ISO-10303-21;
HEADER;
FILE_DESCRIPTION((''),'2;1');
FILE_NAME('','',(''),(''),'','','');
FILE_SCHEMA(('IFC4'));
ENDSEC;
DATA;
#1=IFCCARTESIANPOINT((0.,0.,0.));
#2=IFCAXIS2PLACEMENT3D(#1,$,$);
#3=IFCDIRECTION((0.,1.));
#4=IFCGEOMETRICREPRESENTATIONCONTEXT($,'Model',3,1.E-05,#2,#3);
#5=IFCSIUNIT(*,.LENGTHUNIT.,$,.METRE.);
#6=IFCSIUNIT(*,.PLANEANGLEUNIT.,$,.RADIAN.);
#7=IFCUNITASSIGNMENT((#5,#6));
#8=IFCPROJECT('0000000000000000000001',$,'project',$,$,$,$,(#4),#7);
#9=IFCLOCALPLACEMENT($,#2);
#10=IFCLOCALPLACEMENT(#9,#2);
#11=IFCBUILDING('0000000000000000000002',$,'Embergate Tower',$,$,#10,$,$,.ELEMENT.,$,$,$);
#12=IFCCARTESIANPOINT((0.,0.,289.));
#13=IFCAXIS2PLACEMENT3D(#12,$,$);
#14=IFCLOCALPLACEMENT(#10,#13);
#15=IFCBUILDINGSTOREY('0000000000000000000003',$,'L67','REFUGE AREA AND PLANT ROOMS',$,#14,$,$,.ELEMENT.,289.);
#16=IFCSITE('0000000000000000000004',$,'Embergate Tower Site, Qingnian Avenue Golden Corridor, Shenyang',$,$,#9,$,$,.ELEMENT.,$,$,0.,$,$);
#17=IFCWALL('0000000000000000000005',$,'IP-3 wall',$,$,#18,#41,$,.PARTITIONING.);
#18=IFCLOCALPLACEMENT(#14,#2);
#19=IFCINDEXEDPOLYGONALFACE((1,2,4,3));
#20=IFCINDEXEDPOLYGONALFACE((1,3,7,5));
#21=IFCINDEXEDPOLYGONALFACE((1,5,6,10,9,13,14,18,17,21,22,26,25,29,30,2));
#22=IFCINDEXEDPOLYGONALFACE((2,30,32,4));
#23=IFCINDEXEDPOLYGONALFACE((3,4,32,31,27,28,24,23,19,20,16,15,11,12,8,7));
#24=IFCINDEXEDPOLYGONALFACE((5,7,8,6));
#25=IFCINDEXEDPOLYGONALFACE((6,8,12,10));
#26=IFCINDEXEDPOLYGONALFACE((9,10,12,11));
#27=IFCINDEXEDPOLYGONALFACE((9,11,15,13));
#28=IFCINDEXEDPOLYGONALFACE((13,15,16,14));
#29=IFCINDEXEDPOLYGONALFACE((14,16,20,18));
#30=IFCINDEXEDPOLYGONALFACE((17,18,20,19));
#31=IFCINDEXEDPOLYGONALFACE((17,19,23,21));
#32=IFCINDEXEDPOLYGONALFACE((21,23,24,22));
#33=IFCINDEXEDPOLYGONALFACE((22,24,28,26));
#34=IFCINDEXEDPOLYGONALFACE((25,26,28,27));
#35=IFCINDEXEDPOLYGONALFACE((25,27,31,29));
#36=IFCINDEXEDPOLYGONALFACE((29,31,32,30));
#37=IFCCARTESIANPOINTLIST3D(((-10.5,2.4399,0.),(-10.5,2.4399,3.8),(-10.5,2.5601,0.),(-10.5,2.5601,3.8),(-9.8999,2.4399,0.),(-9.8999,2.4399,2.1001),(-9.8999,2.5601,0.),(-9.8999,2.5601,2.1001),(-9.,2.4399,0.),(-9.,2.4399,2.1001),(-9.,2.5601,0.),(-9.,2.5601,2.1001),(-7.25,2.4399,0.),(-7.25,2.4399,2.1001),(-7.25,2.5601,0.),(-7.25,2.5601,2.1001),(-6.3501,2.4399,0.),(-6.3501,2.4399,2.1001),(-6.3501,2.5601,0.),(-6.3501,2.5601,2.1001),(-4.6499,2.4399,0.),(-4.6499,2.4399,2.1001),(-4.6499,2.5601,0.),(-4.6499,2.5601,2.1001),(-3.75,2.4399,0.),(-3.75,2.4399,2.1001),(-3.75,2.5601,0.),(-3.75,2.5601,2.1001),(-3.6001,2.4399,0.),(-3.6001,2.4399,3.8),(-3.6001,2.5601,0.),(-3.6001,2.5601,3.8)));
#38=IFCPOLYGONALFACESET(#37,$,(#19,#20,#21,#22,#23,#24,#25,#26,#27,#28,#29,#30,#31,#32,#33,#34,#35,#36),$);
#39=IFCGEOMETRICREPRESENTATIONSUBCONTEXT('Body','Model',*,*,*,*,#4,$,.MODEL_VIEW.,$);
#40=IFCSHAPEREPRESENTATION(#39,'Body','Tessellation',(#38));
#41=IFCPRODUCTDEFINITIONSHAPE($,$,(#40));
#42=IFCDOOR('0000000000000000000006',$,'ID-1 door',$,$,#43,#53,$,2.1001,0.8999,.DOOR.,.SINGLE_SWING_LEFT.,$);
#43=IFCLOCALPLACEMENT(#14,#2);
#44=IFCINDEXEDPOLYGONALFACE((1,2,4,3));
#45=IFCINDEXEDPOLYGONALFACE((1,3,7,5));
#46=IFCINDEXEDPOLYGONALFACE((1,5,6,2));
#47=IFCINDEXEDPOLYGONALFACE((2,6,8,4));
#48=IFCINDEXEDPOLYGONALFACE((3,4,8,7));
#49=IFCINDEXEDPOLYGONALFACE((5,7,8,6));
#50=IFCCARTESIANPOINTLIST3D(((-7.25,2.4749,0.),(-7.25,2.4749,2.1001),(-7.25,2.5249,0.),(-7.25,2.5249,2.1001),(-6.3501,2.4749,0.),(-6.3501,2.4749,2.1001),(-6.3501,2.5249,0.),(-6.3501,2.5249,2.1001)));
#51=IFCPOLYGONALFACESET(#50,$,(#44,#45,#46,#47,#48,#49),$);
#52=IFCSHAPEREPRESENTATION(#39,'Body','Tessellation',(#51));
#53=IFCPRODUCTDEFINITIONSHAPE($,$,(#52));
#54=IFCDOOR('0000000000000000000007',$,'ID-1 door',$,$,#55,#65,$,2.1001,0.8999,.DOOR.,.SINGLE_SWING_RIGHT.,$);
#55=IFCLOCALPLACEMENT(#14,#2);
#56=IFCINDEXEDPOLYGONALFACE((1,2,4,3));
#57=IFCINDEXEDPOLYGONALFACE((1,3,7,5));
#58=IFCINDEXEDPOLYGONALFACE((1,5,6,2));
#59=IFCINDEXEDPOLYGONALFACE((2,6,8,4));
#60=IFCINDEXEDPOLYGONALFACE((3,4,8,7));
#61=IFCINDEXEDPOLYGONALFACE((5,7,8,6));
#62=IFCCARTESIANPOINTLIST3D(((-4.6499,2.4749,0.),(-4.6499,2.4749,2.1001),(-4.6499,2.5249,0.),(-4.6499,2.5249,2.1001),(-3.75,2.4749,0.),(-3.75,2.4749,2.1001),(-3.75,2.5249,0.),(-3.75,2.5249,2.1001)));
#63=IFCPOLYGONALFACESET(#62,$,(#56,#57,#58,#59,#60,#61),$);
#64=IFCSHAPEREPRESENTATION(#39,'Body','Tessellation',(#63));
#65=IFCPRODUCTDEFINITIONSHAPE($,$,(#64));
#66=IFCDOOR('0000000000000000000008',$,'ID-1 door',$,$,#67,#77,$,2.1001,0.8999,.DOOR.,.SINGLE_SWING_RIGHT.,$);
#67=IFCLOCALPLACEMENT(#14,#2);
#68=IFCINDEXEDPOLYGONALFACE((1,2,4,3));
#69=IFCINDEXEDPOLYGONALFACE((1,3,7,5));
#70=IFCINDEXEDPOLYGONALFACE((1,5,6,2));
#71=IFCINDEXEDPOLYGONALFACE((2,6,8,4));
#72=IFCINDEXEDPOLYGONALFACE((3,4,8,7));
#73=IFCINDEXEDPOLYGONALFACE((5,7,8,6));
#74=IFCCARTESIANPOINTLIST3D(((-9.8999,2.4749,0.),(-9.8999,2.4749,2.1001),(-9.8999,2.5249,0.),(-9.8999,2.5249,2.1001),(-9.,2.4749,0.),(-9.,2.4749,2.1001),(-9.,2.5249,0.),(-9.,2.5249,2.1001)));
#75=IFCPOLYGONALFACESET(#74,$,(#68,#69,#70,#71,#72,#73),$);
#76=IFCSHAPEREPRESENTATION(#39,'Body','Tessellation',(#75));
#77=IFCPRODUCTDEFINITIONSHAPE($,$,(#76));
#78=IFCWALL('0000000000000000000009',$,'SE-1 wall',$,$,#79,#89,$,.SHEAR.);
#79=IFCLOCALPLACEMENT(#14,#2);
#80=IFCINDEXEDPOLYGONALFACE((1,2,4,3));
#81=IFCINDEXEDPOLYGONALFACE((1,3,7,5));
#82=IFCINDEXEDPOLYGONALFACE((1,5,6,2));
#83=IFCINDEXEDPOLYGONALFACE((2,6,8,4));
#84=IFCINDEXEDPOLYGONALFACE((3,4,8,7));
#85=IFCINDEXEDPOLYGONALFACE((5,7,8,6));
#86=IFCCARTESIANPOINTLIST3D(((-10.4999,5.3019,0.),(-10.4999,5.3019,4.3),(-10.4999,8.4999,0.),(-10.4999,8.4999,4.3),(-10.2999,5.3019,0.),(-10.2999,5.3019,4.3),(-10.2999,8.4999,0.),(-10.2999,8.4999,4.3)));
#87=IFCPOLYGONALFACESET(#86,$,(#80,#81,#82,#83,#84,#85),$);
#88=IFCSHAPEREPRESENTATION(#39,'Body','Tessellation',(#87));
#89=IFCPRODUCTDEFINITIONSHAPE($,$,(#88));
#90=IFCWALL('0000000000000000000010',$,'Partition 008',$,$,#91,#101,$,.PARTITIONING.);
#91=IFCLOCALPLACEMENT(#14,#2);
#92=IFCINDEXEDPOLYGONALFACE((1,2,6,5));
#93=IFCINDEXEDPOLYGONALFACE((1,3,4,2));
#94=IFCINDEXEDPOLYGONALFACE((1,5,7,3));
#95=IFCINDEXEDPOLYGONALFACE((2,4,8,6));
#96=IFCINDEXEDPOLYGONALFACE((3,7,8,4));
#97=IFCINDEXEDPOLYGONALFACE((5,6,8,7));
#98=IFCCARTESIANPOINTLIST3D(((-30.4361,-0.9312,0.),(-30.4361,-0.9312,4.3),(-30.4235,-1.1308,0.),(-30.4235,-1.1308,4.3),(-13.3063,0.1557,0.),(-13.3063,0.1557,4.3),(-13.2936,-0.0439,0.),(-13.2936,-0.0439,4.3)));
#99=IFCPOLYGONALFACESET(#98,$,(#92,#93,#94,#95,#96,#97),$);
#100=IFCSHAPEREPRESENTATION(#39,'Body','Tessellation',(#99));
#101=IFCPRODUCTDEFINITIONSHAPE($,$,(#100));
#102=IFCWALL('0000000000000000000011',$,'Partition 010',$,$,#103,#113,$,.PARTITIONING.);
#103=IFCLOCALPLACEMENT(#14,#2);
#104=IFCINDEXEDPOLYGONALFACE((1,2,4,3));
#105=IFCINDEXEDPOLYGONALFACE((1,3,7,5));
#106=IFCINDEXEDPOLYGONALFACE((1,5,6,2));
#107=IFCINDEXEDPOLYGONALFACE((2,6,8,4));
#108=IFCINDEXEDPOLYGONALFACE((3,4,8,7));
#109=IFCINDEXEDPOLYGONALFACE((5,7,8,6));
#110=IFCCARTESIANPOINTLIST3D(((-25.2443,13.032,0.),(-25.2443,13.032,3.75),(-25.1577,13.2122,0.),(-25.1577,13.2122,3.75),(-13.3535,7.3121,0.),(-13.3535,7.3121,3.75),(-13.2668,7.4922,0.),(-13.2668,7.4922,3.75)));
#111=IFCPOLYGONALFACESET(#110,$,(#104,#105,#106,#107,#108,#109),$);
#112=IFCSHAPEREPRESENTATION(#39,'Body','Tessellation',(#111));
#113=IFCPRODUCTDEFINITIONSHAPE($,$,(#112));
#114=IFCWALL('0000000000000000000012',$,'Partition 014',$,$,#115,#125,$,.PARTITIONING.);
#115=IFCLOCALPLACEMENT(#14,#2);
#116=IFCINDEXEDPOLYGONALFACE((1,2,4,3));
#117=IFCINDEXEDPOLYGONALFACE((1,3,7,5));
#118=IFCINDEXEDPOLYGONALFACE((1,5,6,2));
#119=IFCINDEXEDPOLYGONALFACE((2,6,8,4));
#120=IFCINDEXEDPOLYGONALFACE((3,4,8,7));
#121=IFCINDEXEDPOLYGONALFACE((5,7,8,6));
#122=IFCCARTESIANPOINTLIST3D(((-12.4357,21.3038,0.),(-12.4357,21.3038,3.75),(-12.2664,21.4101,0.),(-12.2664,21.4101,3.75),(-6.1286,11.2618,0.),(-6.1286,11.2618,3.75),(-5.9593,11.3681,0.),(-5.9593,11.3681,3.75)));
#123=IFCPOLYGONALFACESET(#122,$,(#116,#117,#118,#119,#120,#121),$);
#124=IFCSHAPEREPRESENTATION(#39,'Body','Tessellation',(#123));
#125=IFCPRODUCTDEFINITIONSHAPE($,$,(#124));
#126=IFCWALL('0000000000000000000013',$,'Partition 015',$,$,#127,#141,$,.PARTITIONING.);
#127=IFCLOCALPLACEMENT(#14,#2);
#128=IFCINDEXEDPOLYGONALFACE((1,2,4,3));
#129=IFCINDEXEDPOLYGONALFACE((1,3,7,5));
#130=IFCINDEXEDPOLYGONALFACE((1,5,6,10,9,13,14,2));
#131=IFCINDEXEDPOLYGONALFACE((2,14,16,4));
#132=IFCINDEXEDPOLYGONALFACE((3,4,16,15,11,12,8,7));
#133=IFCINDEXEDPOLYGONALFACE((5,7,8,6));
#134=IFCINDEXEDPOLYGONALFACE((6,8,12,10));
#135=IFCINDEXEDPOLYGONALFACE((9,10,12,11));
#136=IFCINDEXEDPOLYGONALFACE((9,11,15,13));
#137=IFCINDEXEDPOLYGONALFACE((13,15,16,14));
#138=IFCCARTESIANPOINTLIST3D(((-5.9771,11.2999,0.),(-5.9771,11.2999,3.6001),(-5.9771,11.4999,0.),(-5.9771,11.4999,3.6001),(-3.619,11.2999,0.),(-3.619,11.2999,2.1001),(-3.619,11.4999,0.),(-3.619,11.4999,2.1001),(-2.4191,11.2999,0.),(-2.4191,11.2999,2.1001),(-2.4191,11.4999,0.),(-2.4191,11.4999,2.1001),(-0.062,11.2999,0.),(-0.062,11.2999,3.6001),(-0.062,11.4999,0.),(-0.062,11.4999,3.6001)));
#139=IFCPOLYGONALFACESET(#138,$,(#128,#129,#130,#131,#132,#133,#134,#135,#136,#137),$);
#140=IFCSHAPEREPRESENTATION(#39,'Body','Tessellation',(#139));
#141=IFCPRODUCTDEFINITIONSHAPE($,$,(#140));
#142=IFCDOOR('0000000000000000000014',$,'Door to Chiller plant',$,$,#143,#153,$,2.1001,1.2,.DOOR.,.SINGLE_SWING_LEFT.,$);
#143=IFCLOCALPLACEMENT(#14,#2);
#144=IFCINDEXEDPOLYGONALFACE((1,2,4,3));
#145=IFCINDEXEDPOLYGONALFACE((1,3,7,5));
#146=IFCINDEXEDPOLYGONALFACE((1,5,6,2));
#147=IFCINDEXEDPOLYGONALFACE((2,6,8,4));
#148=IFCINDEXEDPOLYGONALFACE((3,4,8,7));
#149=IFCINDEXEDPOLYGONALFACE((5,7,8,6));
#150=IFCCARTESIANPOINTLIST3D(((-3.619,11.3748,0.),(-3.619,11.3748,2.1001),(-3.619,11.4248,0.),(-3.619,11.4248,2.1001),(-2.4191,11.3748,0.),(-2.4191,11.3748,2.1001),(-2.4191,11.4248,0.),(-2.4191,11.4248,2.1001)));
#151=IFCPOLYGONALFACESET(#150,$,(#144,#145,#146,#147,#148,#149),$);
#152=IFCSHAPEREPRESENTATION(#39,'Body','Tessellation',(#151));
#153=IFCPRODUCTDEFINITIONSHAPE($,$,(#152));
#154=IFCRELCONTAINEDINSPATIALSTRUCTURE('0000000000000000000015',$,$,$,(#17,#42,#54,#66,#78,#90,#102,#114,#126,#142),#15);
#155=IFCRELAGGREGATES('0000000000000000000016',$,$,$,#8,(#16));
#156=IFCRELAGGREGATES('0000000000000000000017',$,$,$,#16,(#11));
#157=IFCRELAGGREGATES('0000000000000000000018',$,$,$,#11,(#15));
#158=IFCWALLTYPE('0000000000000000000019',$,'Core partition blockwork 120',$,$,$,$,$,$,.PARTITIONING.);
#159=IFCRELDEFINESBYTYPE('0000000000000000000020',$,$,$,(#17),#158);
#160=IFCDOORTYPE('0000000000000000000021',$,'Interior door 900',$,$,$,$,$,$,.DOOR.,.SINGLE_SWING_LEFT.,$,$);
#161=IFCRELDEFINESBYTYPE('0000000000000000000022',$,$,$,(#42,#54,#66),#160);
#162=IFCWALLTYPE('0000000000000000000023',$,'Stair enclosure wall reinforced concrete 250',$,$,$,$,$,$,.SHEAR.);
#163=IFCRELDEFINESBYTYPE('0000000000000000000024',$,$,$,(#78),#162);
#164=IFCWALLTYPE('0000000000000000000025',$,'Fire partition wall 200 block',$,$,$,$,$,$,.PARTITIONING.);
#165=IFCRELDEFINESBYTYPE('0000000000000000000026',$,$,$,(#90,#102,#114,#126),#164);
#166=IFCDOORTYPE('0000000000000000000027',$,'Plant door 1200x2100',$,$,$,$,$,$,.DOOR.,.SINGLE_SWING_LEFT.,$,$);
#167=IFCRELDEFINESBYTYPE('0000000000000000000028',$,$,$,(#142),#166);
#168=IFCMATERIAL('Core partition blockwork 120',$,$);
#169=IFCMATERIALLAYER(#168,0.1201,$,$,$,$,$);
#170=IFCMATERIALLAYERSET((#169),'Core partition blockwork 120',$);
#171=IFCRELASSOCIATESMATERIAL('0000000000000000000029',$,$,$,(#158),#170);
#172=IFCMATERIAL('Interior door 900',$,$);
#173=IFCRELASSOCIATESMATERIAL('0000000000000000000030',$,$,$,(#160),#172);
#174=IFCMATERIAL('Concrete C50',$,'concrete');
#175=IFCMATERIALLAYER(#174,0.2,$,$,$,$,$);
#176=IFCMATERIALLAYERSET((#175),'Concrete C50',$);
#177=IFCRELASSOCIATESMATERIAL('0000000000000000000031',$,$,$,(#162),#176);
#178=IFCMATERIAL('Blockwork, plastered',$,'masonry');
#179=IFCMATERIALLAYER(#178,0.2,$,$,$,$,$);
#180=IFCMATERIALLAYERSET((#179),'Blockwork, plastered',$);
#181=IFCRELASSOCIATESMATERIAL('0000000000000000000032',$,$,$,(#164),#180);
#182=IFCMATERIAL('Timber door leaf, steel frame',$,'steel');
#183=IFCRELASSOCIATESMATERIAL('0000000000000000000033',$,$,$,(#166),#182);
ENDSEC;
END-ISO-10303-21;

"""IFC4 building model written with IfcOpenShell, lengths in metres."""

from ifc_helpers import new_model, si_unit, direction, frame, frame_2d, origin, place, context, subcontext, project, spatial, rectangle, extrude, source, transform, mapped, material, layer, layer_set, type_object, element, fill, save


model = new_model("IFC4")

# Units and contexts
model_context = context("Model", 3, precision=1e-05, world=origin(), true_north=direction((0.0, 1.0)))
body_context = subcontext(model_context, "Body", "Model", "MODEL_VIEW")
ifc_project = project(units=[si_unit("LENGTHUNIT", "METRE"), si_unit("PLANEANGLEUNIT", "RADIAN")], contexts=[model_context])

# Site, building, storey
site_placement = place(None, origin())
site = spatial("IfcSite", under=ifc_project, at=site_placement, Name="Embergate Tower Site, Qingnian Avenue Golden Corridor, Shenyang", CompositionType="ELEMENT", RefElevation=0.0)
building_placement = place(site_placement, origin())
building = spatial("IfcBuilding", under=site, at=building_placement, Name="Embergate Tower", CompositionType="ELEMENT")
storey_placement = place(building_placement, frame((0.0, 0.0, 289.0)))
storey = spatial("IfcBuildingStorey", under=building, at=storey_placement, Name="L67", Description="REFUGE AREA AND PLANT ROOMS", CompositionType="ELEMENT", Elevation=289.0)

# Shared definitions
ifc_material_1 = material(Name="Concrete C50", Category="concrete")

# Shared definitions
ifc_material_2 = material(Name="Core partition blockwork 120")
ifc_layer_1 = layer(ifc_material_2, 0.1201)
ifc_layer_set_1 = layer_set([ifc_layer_1], Name="Core partition blockwork 120")
wall_type_1 = type_object("IfcWallType", Name="Core partition blockwork 120", PredefinedType="PARTITIONING", material=ifc_layer_set_1)

# Wall, openings, doors
shared_shape_1 = source(origin(), body_context, "Body", "SweptSolid", [
    extrude(rectangle(XDim=6.8999, YDim=0.1201, at=frame_2d((3.45, 0.0))), origin(), (0.0, 0.0, 1.0), 3.8),
])
wall_1_placement = place(storey_placement, frame((-10.5, 2.5, 0.0), z_axis=(0.0, 0.0, 1.0), x_axis=(1.0, 0.0, 0.0)))
wall_1 = element("IfcWall", 1, at=wall_1_placement, inside=storey, type_object=wall_type_1, Name="IP-3 wall", PredefinedType="PARTITIONING", context=body_context, shape_type="MappedRepresentation", body=[
    mapped(shared_shape_1, transform((0.0, 0.0, 0.0))),
])
shared_shape_2 = source(origin(), body_context, "Body", "SweptSolid", [
    extrude(rectangle(XDim=0.8999, YDim=2.1001, at=frame_2d((0.45, 1.05))), frame((0.0, 0.0701, 0.0), z_axis=(0.0, -1.0, 0.0), x_axis=(1.0, 0.0, 0.0)), (0.0, 0.0, 1.0), 0.1401),
])
opening_1_placement = place(wall_1_placement, frame((3.25, 0.0, 0.0)))
opening_1 = element("IfcOpeningElement", 2, at=opening_1_placement, cuts=wall_1, PredefinedType="OPENING", context=body_context, shape_type="MappedRepresentation", body=[
    mapped(shared_shape_2, transform((0.0, 0.0, 0.0))),
])
opening_2_placement = place(wall_1_placement, frame((5.8501, 0.0, 0.0)))
opening_2 = element("IfcOpeningElement", 3, at=opening_2_placement, cuts=wall_1, PredefinedType="OPENING", context=body_context, shape_type="MappedRepresentation", body=[
    mapped(shared_shape_2, transform((0.0, 0.0, 0.0))),
])
opening_3_placement = place(wall_1_placement, frame((0.6001, 0.0, 0.0)))
opening_3 = element("IfcOpeningElement", 4, at=opening_3_placement, cuts=wall_1, PredefinedType="OPENING", context=body_context, shape_type="MappedRepresentation", body=[
    mapped(shared_shape_2, transform((0.0, 0.0, 0.0))),
])
ifc_material_3 = material(Name="Interior door 900")
door_type_1 = type_object("IfcDoorType", Name="Interior door 900", OperationType="SINGLE_SWING_LEFT", PredefinedType="DOOR", material=ifc_material_3)
shared_shape_3 = source(origin(), body_context, "Body", "SweptSolid", [
    extrude(rectangle(XDim=0.8999, YDim=2.1001, at=frame_2d((0.45, 1.05))), frame((0.0, 0.0249, 0.0), z_axis=(0.0, -1.0, 0.0), x_axis=(1.0, 0.0, 0.0)), (0.0, 0.0, 1.0), 0.05),
])
door_1_placement = place(opening_1_placement, origin())
door_1 = element("IfcDoor", 5, at=door_1_placement, inside=storey, type_object=door_type_1, Name="ID-1 door", OperationType="SINGLE_SWING_LEFT", OverallHeight=2.1001, OverallWidth=0.8999, PredefinedType="DOOR", context=body_context, shape_type="MappedRepresentation", body=[
    mapped(shared_shape_3, transform((0.0, 0.0, 0.0))),
])
fill(opening_1, door_1)
door_2_placement = place(opening_2_placement, origin())
door_2 = element("IfcDoor", 6, at=door_2_placement, inside=storey, type_object=door_type_1, Name="ID-1 door", OperationType="SINGLE_SWING_RIGHT", OverallHeight=2.1001, OverallWidth=0.8999, PredefinedType="DOOR", context=body_context, shape_type="MappedRepresentation", body=[
    mapped(shared_shape_3, transform((0.0, 0.0, 0.0))),
])
fill(opening_2, door_2)
door_3_placement = place(opening_3_placement, origin())
door_3 = element("IfcDoor", 7, at=door_3_placement, inside=storey, type_object=door_type_1, Name="ID-1 door", OperationType="SINGLE_SWING_RIGHT", OverallHeight=2.1001, OverallWidth=0.8999, PredefinedType="DOOR", context=body_context, shape_type="MappedRepresentation", body=[
    mapped(shared_shape_3, transform((0.0, 0.0, 0.0))),
])
fill(opening_3, door_3)

# Walls
ifc_layer_2 = layer(ifc_material_1, 0.2)
ifc_layer_set_2 = layer_set([ifc_layer_2], Name="Concrete C50")
wall_type_2 = type_object("IfcWallType", Name="Stair enclosure wall reinforced concrete 250", PredefinedType="SHEAR", material=ifc_layer_set_2)
shared_shape_4 = source(origin(), body_context, "Body", "SweptSolid", [
    extrude(rectangle(XDim=3.198, YDim=0.2, at=frame_2d((1.5991, 0.0))), origin(), (0.0, 0.0, 1.0), 4.3),
])
wall_2_placement = place(storey_placement, frame((-10.3999, 8.5, 0.0), z_axis=(0.0, 0.0, 1.0), x_axis=(0.0, -1.0, 0.0)))
element("IfcWall", 8, at=wall_2_placement, inside=storey, type_object=wall_type_2, Name="SE-1 wall", PredefinedType="SHEAR", context=body_context, shape_type="MappedRepresentation", body=[
    mapped(shared_shape_4, transform((0.0, 0.0, 0.0))),
])
ifc_material_4 = material(Name="Blockwork, plastered", Category="masonry")
ifc_layer_3 = layer(ifc_material_4, 0.2)
ifc_layer_set_3 = layer_set([ifc_layer_3], Name="Blockwork, plastered")
wall_type_3 = type_object("IfcWallType", Name="Fire partition wall 200 block", PredefinedType="PARTITIONING", material=ifc_layer_set_3)
shared_shape_5 = source(origin(), body_context, "Body", "SweptSolid", [
    extrude(rectangle(XDim=17.1643, YDim=0.2, at=frame_2d((8.582, 0.0))), origin(), (0.0, 0.0, 1.0), 4.3),
])
wall_3_placement = place(storey_placement, frame((-13.3, 0.0559, 0.0), z_axis=(0.0, 0.0, 1.0), x_axis=(-0.997993, -0.063324, 0.0)))
element("IfcWall", 9, at=wall_3_placement, inside=storey, type_object=wall_type_3, Name="Partition 008", PredefinedType="PARTITIONING", context=body_context, shape_type="MappedRepresentation", body=[
    mapped(shared_shape_5, transform((0.0, 0.0, 0.0))),
])
shared_shape_6 = source(origin(), body_context, "Body", "SweptSolid", [
    extrude(rectangle(XDim=13.1951, YDim=0.2, at=frame_2d((6.5977, 0.0))), origin(), (0.0, 0.0, 1.0), 3.75),
])
wall_4_placement = place(storey_placement, frame((-13.3101, 7.4021, 0.0), z_axis=(0.0, 0.0, 1.0), x_axis=(-0.901158, 0.433492, 0.0)))
element("IfcWall", 10, at=wall_4_placement, inside=storey, type_object=wall_type_3, Name="Partition 010", PredefinedType="PARTITIONING", context=body_context, shape_type="MappedRepresentation", body=[
    mapped(shared_shape_6, transform((0.0, 0.0, 0.0))),
])
shared_shape_7 = source(origin(), body_context, "Body", "SweptSolid", [
    extrude(rectangle(XDim=11.8584, YDim=0.2, at=frame_2d((5.9292, 0.0))), origin(), (0.0, 0.0, 1.0), 3.75),
])
wall_5_placement = place(storey_placement, frame((-6.0439, 11.3149, 0.0), z_axis=(0.0, 0.0, 1.0), x_axis=(-0.53187, 0.846826, 0.0)))
element("IfcWall", 11, at=wall_5_placement, inside=storey, type_object=wall_type_3, Name="Partition 014", PredefinedType="PARTITIONING", context=body_context, shape_type="MappedRepresentation", body=[
    mapped(shared_shape_7, transform((0.0, 0.0, 0.0))),
])

# Wall, opening, door
shared_shape_8 = source(origin(), body_context, "Body", "SweptSolid", [
    extrude(rectangle(XDim=5.915, YDim=0.2, at=frame_2d((2.9575, 0.0))), origin(), (0.0, 0.0, 1.0), 3.6001),
])
wall_6_placement = place(storey_placement, frame((-5.9771, 11.3999, 0.0), z_axis=(0.0, 0.0, 1.0), x_axis=(1.0, 0.0, 0.0)))
wall_6 = element("IfcWall", 12, at=wall_6_placement, inside=storey, type_object=wall_type_3, Name="Partition 015", PredefinedType="PARTITIONING", context=body_context, shape_type="MappedRepresentation", body=[
    mapped(shared_shape_8, transform((0.0, 0.0, 0.0))),
])
shared_shape_9 = source(origin(), body_context, "Body", "SweptSolid", [
    extrude(rectangle(XDim=1.2, YDim=2.1001, at=frame_2d((0.6001, 1.05))), frame((0.0, 0.1099, 0.0), z_axis=(0.0, -1.0, 0.0), x_axis=(1.0, 0.0, 0.0)), (0.0, 0.0, 1.0), 0.22),
])
opening_4_placement = place(wall_6_placement, frame((2.3579, 0.0, 0.0)))
opening_4 = element("IfcOpeningElement", 13, at=opening_4_placement, cuts=wall_6, PredefinedType="OPENING", context=body_context, shape_type="MappedRepresentation", body=[
    mapped(shared_shape_9, transform((0.0, 0.0, 0.0))),
])
ifc_material_5 = material(Name="Timber door leaf, steel frame", Category="steel")
door_type_2 = type_object("IfcDoorType", Name="Plant door 1200x2100", OperationType="SINGLE_SWING_LEFT", PredefinedType="DOOR", material=ifc_material_5)
shared_shape_10 = source(origin(), body_context, "Body", "SweptSolid", [
    extrude(rectangle(XDim=1.2, YDim=2.1001, at=frame_2d((0.6001, 1.05))), frame((0.0, 0.0249, 0.0), z_axis=(0.0, -1.0, 0.0), x_axis=(1.0, 0.0, 0.0)), (0.0, 0.0, 1.0), 0.05),
])
door_4_placement = place(opening_4_placement, origin())
door_4 = element("IfcDoor", 14, at=door_4_placement, inside=storey, type_object=door_type_2, Name="Door to Chiller plant", OperationType="SINGLE_SWING_LEFT", OverallHeight=2.1001, OverallWidth=1.2, PredefinedType="DOOR", context=body_context, shape_type="MappedRepresentation", body=[
    mapped(shared_shape_10, transform((0.0, 0.0, 0.0))),
])
fill(opening_4, door_4)

save(model, "model.ifc")
